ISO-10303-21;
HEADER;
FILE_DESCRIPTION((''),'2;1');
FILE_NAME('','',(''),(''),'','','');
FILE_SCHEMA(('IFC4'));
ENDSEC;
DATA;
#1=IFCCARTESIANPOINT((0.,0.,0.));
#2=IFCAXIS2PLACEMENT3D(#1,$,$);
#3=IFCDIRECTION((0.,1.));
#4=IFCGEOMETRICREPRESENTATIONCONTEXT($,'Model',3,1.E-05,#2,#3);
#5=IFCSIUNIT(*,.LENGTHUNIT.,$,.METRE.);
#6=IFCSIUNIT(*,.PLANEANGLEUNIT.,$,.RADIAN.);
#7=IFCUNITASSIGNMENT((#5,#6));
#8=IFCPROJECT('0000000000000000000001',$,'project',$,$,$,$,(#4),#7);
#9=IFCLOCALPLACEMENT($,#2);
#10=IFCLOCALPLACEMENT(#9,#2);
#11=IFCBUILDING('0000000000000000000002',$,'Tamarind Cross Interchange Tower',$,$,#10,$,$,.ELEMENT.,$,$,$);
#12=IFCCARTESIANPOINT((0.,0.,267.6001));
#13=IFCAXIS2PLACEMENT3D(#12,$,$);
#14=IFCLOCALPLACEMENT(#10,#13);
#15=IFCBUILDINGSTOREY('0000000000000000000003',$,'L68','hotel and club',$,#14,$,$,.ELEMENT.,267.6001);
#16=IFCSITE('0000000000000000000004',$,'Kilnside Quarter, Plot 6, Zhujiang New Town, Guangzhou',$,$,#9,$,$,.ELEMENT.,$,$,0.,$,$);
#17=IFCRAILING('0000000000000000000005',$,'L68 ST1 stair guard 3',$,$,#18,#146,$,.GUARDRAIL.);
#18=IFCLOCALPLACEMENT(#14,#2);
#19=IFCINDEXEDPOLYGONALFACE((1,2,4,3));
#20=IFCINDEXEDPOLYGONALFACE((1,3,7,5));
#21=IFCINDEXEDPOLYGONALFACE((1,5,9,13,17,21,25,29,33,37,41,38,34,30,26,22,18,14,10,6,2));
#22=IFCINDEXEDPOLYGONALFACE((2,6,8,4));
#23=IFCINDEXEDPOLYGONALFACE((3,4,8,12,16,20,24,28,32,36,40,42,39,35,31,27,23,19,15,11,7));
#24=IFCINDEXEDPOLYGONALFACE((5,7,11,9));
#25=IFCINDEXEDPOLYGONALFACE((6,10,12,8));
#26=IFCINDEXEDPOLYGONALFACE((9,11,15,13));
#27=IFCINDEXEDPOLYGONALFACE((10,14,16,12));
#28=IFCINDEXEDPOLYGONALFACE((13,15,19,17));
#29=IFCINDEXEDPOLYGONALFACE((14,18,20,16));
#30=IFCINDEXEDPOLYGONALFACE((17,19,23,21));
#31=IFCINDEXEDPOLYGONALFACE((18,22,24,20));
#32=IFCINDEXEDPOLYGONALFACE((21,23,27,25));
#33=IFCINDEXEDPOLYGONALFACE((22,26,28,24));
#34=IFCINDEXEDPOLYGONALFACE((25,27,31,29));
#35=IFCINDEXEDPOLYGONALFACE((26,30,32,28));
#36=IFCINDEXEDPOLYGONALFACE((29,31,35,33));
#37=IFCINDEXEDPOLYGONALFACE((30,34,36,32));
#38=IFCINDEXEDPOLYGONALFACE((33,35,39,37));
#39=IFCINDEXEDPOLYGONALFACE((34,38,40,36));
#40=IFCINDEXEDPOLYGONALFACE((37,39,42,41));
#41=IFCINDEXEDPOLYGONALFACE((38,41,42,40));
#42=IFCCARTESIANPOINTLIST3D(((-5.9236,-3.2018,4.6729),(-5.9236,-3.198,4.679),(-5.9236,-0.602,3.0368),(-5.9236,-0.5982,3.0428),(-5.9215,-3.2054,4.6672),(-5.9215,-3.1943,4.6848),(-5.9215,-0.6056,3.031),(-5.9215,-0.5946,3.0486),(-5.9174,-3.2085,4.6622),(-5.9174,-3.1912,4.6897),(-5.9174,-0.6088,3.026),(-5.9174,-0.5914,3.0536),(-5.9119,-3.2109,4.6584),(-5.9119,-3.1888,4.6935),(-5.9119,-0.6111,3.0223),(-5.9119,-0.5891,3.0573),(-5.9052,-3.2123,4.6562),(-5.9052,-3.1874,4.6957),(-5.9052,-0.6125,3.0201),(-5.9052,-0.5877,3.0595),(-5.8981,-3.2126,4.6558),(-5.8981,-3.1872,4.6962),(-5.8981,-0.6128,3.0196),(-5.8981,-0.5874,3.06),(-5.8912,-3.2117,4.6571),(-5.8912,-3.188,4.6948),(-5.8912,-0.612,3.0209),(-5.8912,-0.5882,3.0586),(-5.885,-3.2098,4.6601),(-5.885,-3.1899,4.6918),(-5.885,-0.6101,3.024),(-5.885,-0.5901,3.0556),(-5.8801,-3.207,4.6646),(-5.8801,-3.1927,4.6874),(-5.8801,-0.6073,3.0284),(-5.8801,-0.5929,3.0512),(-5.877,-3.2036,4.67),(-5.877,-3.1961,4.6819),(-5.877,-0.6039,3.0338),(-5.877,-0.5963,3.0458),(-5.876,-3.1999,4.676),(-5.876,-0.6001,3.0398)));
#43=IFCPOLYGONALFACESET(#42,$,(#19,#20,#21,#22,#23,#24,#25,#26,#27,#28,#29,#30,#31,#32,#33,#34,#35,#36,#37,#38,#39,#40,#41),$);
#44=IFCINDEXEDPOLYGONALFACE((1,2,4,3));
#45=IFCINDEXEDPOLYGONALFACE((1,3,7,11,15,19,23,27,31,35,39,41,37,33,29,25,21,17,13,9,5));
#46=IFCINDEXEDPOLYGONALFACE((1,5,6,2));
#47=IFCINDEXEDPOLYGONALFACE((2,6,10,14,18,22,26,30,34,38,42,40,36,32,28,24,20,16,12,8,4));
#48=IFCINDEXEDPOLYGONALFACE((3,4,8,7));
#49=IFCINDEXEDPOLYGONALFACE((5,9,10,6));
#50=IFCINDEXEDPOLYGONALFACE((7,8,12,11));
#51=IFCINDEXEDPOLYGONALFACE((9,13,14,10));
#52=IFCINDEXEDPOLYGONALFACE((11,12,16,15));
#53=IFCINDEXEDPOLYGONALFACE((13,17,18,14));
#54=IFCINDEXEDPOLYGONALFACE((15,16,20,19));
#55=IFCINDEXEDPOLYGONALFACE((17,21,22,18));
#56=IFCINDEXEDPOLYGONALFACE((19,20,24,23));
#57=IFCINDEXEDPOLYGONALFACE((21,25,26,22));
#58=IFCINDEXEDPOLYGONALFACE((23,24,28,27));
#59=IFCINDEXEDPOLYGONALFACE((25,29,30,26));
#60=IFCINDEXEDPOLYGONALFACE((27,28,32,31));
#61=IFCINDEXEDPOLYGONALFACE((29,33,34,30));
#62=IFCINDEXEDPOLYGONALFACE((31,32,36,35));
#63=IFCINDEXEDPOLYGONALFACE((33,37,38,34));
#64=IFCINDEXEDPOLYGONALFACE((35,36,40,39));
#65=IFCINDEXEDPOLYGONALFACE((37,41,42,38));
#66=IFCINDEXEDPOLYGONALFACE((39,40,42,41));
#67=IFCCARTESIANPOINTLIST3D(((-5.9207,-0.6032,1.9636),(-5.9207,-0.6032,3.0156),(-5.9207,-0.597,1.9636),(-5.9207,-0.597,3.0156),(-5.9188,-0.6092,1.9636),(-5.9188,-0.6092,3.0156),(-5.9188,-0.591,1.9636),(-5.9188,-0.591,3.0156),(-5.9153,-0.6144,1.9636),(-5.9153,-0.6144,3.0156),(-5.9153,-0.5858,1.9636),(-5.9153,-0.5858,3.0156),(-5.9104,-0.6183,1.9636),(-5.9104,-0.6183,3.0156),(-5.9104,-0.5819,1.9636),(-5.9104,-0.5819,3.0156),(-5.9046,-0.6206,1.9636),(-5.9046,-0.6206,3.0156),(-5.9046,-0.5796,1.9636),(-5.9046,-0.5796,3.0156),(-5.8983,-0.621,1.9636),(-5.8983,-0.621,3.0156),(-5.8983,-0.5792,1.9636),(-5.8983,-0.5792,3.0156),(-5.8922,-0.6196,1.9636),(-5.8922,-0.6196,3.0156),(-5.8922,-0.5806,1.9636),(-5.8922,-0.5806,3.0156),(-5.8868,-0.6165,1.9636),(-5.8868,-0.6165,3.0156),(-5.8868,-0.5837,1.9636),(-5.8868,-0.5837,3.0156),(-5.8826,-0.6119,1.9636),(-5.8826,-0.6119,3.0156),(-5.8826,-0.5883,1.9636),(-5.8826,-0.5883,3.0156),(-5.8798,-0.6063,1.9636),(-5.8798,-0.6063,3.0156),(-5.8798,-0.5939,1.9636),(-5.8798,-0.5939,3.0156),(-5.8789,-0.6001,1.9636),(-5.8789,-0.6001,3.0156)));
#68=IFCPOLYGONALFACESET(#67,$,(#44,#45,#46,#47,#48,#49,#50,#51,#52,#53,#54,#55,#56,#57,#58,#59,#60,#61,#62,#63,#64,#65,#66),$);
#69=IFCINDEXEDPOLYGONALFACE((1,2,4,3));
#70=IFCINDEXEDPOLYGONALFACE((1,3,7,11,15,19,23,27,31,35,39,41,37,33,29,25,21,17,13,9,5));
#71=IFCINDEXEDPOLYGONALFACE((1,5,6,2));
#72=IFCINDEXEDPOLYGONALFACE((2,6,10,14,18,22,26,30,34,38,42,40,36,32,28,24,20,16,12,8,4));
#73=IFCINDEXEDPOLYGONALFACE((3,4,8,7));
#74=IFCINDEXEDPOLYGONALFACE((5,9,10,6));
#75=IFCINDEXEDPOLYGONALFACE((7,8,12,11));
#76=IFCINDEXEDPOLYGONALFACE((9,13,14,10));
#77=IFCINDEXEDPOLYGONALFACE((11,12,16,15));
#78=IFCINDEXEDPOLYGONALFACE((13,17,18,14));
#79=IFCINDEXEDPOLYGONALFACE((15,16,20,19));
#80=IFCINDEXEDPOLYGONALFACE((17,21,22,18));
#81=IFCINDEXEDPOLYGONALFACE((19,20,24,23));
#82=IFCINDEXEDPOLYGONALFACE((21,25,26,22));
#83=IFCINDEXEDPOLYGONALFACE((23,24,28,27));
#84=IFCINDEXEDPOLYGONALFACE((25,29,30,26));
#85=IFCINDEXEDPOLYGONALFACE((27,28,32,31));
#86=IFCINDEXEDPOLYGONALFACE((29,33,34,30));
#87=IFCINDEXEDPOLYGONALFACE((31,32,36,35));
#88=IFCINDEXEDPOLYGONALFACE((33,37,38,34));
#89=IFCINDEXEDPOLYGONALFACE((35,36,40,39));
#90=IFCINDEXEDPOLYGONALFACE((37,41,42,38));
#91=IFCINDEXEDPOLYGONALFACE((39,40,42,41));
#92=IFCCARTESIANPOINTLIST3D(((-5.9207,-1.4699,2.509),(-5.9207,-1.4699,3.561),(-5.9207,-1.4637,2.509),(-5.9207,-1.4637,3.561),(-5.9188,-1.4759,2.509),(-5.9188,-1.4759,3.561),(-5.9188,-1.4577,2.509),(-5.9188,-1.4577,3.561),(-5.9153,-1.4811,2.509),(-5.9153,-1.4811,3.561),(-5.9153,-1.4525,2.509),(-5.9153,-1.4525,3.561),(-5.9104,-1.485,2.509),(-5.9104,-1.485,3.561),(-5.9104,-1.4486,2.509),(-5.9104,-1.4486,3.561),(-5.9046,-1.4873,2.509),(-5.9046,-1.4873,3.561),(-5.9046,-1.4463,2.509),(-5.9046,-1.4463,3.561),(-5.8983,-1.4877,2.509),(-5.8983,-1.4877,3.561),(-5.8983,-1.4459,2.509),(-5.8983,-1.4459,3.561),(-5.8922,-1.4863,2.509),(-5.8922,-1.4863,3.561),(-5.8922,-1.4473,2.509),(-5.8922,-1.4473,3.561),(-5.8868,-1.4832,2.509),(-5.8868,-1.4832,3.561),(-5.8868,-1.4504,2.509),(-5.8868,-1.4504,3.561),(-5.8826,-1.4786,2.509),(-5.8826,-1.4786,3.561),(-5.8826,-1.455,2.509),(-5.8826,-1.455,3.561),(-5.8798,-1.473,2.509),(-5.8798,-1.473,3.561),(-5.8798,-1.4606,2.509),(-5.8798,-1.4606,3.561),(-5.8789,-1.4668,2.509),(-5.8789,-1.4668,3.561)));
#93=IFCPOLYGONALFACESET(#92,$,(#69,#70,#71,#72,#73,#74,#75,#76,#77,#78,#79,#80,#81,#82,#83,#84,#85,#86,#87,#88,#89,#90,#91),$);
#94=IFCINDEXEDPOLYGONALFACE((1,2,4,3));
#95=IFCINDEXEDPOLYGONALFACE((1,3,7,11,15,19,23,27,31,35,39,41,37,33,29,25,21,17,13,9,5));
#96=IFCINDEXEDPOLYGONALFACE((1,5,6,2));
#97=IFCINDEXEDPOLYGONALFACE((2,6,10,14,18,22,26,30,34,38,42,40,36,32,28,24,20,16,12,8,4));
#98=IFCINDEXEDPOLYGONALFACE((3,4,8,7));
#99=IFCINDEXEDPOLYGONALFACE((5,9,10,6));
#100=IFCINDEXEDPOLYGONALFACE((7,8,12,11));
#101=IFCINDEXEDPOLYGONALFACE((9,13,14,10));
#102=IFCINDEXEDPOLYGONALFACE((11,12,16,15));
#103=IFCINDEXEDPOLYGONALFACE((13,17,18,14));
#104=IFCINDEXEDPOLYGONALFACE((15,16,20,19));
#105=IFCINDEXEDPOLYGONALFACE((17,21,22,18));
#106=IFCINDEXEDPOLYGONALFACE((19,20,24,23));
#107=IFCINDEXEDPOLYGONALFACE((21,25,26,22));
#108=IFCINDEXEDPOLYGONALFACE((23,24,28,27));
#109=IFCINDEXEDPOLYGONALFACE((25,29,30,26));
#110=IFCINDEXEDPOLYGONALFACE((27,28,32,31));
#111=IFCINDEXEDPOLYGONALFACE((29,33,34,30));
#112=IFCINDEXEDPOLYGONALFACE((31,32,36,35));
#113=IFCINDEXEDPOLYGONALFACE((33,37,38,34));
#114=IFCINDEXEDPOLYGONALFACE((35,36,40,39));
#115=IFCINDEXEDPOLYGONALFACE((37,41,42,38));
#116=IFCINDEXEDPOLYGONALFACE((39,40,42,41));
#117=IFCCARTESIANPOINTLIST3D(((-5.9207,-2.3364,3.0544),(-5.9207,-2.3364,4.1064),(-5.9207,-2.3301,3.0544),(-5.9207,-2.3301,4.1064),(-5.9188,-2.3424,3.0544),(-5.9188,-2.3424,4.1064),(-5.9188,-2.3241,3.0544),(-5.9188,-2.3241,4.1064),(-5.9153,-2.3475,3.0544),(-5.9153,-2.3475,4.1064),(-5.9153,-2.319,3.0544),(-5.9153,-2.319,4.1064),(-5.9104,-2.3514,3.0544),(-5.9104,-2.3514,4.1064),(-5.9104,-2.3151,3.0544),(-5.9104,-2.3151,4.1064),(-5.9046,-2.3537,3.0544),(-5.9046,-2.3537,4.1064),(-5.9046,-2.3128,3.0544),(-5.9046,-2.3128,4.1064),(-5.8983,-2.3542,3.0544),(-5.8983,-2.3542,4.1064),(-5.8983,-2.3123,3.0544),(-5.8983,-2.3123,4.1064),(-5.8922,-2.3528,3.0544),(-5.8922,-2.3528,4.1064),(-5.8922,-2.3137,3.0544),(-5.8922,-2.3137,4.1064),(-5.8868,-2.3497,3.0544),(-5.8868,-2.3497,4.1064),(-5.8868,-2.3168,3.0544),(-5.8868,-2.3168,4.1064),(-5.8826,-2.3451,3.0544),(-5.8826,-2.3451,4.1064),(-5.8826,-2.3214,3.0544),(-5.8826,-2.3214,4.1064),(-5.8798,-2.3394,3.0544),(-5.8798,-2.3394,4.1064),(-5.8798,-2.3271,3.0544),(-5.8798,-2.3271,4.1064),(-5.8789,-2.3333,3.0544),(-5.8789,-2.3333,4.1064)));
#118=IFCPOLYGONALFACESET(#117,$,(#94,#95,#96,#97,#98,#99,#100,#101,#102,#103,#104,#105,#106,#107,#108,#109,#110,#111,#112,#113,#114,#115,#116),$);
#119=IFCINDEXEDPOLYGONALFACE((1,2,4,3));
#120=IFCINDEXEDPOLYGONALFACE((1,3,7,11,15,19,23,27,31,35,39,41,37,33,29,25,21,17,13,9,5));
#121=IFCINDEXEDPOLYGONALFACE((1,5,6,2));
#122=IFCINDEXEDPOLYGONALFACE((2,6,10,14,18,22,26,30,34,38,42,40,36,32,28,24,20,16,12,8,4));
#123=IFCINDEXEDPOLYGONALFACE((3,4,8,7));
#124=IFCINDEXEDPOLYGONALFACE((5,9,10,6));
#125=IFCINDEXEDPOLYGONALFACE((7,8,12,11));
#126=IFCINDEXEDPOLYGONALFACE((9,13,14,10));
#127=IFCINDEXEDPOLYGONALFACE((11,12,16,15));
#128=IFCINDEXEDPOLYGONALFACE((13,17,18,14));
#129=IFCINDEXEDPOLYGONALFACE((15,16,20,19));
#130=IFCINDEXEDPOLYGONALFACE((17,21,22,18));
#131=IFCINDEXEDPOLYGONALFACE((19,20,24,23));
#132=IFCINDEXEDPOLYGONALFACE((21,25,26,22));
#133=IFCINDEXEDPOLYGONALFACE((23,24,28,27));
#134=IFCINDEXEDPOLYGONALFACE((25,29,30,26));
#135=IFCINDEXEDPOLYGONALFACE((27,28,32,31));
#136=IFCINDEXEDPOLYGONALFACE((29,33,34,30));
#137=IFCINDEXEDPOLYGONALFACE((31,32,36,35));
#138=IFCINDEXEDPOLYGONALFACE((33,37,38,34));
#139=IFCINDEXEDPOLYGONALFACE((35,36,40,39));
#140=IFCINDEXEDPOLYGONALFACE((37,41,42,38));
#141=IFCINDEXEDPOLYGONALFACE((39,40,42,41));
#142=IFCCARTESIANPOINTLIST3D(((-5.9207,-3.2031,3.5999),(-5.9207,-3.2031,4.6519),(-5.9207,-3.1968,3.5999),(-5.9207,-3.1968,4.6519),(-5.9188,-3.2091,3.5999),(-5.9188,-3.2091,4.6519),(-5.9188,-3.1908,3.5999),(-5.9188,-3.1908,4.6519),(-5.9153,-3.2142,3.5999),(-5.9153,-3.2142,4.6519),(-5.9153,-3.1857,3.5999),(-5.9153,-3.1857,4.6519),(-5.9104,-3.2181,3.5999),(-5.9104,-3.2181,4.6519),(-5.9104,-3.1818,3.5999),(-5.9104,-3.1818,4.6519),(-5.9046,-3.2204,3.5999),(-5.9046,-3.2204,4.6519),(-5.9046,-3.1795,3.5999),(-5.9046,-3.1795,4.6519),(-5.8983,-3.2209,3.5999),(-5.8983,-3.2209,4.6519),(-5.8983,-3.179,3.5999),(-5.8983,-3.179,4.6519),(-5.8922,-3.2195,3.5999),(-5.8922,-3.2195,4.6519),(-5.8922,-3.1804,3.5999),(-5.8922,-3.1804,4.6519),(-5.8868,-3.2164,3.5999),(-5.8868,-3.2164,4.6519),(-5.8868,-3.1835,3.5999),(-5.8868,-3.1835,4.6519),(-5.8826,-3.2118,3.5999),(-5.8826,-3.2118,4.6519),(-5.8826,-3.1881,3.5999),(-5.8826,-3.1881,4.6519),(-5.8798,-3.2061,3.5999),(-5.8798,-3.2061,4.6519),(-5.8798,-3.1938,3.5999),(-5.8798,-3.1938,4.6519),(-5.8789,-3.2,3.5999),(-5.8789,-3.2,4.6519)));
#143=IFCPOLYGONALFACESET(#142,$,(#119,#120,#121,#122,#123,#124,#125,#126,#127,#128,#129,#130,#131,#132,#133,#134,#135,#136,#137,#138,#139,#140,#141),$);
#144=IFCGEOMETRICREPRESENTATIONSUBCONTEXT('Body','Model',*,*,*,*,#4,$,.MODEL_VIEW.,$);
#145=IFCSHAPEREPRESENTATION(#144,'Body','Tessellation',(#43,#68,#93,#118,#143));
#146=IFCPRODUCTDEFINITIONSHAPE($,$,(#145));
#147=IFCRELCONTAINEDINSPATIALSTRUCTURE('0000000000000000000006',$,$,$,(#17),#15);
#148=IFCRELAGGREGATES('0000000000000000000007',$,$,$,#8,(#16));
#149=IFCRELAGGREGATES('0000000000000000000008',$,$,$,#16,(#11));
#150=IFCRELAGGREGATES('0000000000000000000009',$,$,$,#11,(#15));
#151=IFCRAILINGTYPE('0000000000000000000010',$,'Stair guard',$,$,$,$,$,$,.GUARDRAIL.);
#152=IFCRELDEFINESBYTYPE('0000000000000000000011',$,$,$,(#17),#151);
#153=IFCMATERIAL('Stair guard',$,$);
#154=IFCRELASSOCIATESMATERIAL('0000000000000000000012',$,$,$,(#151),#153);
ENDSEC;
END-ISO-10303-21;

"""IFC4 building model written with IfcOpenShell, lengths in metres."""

from ifc_helpers import new_model, si_unit, direction, frame, origin, origin_2d, place, context, subcontext, project, spatial, circle, extrude, material, type_object, element, save


model = new_model("IFC4")

# Units and contexts
model_context = context("Model", 3, precision=1e-05, world=origin(), true_north=direction((0.0, 1.0)))
body_context = subcontext(model_context, "Body", "Model", "MODEL_VIEW")
ifc_project = project(units=[si_unit("LENGTHUNIT", "METRE"), si_unit("PLANEANGLEUNIT", "RADIAN")], contexts=[model_context])

# Site, building, storey
site_placement = place(None, origin())
site = spatial("IfcSite", under=ifc_project, at=site_placement, Name="Kilnside Quarter, Plot 6, Zhujiang New Town, Guangzhou", CompositionType="ELEMENT", RefElevation=0.0)
building_placement = place(site_placement, origin())
building = spatial("IfcBuilding", under=site, at=building_placement, Name="Tamarind Cross Interchange Tower", CompositionType="ELEMENT")
storey_placement = place(building_placement, frame((0.0, 0.0, 267.6001)))
storey = spatial("IfcBuildingStorey", under=building, at=storey_placement, Name="L68", Description="hotel and club", CompositionType="ELEMENT", Elevation=267.6001)

# Railing
ifc_material_1 = material(Name="Stair guard")
railing_type_1 = type_object("IfcRailingType", Name="Stair guard", PredefinedType="GUARDRAIL", material=ifc_material_1)
railing_1_placement = place(storey_placement, frame((-5.8999, -0.6001, 1.9636)))
element("IfcRailing", 1, at=railing_1_placement, inside=storey, type_object=railing_type_1, Name="L68 ST1 stair guard 3", PredefinedType="GUARDRAIL", context=body_context, shape_type="SweptSolid", body=[
    extrude(circle(Radius=0.0239, at=origin_2d()), frame((0.0, 0.0, 1.0762), z_axis=(0.0, -0.846338, 0.532647), x_axis=(1.0, 0.0, 0.0)), (0.0, 0.0, 1.0), 3.0718),
    extrude(circle(Radius=0.021, at=origin_2d()), origin(), (0.0, 0.0, 1.0), 1.052),
    extrude(circle(Radius=0.021, at=origin_2d()), frame((0.0, -0.8667, 0.5454)), (0.0, 0.0, 1.0), 1.052),
    extrude(circle(Radius=0.021, at=origin_2d()), frame((0.0, -1.7332, 1.0908)), (0.0, 0.0, 1.0), 1.052),
    extrude(circle(Radius=0.021, at=origin_2d()), frame((0.0, -2.5999, 1.6362)), (0.0, 0.0, 1.0), 1.052),
])

save(model, "model.ifc")
